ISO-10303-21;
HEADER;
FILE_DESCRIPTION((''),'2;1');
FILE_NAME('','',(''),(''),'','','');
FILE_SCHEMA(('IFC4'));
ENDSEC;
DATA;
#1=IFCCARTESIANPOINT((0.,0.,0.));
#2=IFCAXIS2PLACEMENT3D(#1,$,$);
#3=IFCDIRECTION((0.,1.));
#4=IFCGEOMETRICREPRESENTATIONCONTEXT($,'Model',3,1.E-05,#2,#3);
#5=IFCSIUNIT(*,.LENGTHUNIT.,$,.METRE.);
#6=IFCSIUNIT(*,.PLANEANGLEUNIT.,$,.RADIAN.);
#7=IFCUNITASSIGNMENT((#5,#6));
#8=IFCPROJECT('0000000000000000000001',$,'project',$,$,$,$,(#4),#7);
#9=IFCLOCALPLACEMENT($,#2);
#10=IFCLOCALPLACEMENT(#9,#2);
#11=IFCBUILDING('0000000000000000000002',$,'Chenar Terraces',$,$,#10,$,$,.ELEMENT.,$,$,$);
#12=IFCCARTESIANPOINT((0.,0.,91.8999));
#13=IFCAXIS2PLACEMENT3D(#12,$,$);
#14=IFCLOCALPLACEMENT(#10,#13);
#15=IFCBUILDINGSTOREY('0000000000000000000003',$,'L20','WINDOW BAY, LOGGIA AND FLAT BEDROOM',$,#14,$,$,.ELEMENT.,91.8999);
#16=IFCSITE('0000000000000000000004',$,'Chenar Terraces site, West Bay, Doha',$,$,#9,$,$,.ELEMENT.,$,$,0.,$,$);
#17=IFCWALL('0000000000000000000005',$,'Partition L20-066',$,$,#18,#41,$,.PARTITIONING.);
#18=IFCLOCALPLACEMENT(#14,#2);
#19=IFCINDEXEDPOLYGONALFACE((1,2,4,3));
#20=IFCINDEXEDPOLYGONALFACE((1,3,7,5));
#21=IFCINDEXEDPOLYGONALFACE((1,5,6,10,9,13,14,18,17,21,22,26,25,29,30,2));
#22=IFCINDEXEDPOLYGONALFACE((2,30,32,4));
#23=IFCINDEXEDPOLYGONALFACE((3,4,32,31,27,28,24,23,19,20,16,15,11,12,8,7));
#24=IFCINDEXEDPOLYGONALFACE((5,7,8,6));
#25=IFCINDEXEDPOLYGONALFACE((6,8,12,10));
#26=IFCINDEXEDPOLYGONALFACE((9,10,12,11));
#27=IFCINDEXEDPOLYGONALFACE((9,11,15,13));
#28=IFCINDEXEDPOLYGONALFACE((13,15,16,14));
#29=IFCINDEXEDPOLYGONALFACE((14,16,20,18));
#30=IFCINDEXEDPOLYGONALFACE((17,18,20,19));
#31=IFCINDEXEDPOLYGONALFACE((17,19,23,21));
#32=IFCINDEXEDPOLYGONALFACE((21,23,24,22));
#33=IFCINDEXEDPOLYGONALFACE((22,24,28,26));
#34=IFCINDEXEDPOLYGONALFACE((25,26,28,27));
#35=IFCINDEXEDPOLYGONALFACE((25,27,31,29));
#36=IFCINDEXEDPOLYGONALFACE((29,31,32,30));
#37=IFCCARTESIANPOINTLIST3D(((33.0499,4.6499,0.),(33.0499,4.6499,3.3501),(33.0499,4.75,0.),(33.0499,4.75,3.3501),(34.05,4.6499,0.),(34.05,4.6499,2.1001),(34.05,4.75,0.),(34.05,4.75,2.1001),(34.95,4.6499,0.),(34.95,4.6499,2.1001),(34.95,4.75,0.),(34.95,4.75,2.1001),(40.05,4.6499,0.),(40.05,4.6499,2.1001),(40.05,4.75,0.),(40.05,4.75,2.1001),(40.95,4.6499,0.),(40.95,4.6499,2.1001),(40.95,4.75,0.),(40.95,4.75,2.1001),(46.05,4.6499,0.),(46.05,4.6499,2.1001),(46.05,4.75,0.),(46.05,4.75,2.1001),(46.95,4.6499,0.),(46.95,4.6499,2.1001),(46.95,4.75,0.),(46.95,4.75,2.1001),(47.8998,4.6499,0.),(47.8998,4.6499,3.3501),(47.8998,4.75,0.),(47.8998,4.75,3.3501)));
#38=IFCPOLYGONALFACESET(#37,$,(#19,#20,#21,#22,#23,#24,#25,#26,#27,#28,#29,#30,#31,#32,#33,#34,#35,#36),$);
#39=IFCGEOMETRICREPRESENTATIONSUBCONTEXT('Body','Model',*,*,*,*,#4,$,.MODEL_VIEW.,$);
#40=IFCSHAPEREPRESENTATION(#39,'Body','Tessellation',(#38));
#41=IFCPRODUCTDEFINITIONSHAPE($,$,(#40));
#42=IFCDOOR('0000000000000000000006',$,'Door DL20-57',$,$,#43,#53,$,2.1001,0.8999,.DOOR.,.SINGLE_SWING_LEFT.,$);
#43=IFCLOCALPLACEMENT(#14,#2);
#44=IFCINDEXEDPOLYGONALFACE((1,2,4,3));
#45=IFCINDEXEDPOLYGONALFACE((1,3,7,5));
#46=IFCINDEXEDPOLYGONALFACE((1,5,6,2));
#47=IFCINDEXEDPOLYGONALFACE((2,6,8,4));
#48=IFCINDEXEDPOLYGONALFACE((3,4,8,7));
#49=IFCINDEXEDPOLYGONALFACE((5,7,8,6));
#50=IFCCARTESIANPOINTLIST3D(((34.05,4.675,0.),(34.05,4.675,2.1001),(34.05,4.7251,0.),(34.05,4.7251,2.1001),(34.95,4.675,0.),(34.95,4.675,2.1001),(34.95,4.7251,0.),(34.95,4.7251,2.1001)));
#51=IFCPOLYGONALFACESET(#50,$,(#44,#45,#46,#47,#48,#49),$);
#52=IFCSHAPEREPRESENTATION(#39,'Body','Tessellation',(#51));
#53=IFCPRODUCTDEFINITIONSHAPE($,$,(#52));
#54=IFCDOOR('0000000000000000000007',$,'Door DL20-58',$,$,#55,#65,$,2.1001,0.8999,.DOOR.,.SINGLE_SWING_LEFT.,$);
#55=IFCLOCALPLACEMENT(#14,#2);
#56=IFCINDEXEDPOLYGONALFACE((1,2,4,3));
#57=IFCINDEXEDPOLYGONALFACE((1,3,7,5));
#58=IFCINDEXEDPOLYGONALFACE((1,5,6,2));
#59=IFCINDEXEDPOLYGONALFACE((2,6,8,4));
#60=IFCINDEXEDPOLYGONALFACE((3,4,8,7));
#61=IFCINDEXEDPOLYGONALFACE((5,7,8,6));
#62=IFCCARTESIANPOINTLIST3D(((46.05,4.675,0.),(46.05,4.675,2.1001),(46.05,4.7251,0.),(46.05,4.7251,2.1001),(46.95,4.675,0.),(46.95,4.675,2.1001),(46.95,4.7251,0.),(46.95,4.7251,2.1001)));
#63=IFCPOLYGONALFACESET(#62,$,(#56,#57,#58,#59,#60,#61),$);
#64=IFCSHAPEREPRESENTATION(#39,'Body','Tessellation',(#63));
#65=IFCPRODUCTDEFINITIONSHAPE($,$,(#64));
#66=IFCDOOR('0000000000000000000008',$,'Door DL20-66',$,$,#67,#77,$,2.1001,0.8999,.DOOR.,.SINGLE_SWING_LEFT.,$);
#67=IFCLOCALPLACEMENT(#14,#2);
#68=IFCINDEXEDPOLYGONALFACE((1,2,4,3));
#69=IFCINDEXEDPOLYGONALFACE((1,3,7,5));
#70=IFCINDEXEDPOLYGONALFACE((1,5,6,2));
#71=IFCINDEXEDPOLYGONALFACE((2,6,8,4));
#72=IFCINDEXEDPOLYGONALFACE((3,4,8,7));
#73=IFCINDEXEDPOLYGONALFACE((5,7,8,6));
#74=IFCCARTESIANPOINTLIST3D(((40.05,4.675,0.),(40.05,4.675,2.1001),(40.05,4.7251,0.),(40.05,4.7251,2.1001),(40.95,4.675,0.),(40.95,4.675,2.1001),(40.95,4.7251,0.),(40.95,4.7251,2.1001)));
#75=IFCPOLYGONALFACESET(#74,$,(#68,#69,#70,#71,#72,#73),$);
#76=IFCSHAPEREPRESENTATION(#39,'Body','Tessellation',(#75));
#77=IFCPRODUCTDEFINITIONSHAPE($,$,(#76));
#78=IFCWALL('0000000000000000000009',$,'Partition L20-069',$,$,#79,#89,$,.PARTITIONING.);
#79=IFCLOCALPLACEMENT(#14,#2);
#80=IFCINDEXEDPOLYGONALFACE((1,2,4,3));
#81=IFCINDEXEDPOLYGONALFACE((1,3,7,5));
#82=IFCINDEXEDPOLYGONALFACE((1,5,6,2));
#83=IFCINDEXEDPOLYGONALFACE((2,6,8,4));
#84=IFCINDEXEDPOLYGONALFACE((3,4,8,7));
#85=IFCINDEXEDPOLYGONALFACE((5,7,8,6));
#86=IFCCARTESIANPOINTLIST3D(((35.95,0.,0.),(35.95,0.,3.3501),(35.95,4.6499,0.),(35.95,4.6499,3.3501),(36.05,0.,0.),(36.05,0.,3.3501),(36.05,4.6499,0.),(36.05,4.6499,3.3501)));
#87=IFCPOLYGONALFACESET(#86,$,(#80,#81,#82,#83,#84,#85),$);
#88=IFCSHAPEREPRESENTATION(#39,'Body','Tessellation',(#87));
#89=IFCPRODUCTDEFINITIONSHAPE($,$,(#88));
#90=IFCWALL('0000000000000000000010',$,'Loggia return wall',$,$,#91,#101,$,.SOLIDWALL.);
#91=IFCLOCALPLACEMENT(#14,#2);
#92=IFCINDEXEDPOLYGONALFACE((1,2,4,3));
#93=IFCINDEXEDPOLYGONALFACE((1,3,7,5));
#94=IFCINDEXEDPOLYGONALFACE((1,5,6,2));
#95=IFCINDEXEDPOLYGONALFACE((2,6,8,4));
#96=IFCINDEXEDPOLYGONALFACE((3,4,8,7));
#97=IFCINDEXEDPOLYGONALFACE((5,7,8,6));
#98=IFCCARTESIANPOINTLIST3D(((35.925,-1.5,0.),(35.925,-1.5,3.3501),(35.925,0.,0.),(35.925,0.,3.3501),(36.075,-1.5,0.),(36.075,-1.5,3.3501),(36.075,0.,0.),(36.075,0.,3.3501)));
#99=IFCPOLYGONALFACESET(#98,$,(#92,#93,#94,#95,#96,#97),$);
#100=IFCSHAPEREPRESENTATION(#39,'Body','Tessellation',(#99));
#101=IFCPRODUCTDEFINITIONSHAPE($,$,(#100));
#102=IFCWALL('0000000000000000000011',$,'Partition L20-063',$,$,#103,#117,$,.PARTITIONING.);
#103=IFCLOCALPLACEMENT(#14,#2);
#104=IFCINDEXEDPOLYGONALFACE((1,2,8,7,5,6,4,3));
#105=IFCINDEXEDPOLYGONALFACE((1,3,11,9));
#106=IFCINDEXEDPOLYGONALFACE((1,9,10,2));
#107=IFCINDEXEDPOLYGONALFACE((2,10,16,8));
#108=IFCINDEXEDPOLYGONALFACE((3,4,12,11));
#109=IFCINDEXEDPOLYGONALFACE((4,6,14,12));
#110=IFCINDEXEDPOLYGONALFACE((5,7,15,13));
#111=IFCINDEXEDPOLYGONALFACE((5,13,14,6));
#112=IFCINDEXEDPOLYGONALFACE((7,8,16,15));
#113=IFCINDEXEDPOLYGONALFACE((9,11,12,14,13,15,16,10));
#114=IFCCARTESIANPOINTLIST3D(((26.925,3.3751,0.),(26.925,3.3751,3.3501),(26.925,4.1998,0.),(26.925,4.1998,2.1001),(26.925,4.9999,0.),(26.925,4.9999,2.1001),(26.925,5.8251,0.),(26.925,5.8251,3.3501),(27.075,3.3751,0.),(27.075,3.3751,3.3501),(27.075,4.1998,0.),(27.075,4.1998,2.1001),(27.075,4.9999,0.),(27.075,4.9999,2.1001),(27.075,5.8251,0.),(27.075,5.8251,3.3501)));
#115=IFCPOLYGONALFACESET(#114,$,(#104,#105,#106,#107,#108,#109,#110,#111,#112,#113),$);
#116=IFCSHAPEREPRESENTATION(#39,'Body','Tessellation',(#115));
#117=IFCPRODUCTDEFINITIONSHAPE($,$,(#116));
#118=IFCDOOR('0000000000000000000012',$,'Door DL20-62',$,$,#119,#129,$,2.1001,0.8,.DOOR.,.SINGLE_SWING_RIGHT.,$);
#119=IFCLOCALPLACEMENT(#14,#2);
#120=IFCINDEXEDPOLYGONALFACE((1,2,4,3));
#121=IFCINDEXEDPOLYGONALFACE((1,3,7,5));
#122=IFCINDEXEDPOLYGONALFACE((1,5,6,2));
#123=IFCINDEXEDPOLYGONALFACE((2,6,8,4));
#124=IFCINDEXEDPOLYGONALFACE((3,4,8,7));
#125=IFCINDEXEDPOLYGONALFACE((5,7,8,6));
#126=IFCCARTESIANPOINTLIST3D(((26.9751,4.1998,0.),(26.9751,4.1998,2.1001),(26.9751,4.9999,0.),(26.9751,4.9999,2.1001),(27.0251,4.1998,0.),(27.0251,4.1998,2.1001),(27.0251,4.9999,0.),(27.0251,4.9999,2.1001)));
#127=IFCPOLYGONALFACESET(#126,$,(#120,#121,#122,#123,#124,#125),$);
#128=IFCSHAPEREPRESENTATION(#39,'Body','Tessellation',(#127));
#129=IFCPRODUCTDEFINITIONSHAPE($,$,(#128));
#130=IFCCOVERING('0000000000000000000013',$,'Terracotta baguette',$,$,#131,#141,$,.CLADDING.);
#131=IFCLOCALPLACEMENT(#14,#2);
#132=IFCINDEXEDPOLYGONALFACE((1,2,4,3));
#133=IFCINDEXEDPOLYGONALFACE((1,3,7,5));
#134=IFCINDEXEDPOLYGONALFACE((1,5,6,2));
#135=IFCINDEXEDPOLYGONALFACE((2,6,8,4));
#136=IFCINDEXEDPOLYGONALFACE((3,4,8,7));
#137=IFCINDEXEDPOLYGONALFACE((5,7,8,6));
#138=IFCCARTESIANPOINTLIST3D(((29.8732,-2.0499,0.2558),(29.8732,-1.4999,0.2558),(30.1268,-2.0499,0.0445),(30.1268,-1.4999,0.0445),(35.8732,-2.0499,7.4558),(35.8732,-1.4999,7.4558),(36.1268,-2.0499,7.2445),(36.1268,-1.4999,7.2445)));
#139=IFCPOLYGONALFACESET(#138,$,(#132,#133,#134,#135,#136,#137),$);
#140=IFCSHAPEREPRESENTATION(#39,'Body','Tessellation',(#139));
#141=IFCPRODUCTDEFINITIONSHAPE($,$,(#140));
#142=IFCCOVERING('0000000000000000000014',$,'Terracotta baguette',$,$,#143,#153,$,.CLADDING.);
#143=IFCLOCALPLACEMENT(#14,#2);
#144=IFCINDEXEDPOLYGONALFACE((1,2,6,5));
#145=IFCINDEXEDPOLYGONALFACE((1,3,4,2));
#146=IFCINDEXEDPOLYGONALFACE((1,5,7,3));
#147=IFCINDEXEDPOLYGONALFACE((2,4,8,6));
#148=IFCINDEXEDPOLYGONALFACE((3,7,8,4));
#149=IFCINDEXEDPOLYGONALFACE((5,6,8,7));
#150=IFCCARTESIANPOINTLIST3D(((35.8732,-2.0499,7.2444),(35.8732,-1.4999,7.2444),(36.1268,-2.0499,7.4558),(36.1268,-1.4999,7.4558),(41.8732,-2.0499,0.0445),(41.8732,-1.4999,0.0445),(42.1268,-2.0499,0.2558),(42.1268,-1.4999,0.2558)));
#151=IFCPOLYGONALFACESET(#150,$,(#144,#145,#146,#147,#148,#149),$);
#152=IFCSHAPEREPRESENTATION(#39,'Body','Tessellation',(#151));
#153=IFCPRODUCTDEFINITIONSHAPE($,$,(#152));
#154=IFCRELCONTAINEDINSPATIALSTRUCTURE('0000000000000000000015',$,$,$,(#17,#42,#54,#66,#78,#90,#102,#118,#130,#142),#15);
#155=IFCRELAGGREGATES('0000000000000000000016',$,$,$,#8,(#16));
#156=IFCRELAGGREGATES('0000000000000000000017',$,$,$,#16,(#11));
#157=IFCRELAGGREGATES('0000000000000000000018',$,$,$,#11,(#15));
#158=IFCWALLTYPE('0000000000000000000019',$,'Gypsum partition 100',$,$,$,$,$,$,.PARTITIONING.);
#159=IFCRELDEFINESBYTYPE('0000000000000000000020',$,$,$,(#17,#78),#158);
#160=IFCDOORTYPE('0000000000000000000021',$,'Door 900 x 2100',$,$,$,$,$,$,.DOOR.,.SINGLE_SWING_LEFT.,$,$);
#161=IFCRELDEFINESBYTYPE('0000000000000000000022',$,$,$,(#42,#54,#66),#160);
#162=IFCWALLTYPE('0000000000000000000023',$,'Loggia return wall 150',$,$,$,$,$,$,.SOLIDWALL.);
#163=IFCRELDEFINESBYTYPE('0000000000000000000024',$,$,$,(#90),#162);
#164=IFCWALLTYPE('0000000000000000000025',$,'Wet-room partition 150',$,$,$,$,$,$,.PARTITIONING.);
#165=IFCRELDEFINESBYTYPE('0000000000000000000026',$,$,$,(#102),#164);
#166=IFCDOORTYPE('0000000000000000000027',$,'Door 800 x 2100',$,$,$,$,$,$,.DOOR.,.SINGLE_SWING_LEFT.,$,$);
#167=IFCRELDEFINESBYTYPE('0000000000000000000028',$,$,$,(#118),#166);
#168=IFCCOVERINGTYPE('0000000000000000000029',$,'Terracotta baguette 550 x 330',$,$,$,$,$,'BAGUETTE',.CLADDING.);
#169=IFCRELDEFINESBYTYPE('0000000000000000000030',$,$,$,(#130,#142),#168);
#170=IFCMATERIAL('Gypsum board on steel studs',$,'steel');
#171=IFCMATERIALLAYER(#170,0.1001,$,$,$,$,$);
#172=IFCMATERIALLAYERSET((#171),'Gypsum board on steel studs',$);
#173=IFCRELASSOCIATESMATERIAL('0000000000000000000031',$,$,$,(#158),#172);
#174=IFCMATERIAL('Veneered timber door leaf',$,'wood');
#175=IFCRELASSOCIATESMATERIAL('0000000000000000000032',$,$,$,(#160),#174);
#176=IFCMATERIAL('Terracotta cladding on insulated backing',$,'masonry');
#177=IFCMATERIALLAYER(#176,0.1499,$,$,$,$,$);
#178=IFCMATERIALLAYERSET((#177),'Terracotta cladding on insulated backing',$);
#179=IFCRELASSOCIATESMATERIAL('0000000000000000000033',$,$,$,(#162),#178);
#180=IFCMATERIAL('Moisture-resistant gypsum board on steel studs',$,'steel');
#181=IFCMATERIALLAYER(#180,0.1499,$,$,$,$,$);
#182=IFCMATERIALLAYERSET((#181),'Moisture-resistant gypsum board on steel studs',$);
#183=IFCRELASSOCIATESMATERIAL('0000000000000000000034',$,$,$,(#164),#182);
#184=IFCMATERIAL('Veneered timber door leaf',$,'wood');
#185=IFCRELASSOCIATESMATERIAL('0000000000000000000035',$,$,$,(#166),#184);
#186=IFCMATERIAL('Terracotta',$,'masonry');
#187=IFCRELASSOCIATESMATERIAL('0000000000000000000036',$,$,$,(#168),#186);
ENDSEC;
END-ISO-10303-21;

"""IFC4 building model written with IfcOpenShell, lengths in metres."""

from ifc_helpers import new_model, si_unit, direction, frame, frame_2d, origin, origin_2d, place, context, subcontext, project, spatial, rectangle, extrude, material, layer, layer_set, material_profile, profile_set, type_object, element, fill, save


model = new_model("IFC4")

# Units and contexts
model_context = context("Model", 3, precision=1e-05, world=origin(), true_north=direction((0.0, 1.0)))
body_context = subcontext(model_context, "Body", "Model", "MODEL_VIEW")
ifc_project = project(units=[si_unit("LENGTHUNIT", "METRE"), si_unit("PLANEANGLEUNIT", "RADIAN")], contexts=[model_context])

# Site, building, storey
site_placement = place(None, origin())
site = spatial("IfcSite", under=ifc_project, at=site_placement, Name="Chenar Terraces site, West Bay, Doha", CompositionType="ELEMENT", RefElevation=0.0)
building_placement = place(site_placement, origin())
building = spatial("IfcBuilding", under=site, at=building_placement, Name="Chenar Terraces", CompositionType="ELEMENT")
storey_placement = place(building_placement, frame((0.0, 0.0, 91.8999)))
storey = spatial("IfcBuildingStorey", under=building, at=storey_placement, Name="L20", Description="WINDOW BAY, LOGGIA AND FLAT BEDROOM", CompositionType="ELEMENT", Elevation=91.8999)

# Shared definitions
ifc_material_1 = material(Name="Gypsum board on steel studs", Category="steel")
ifc_layer_1 = layer(ifc_material_1, 0.1001)
ifc_layer_set_1 = layer_set([ifc_layer_1], Name="Gypsum board on steel studs")
wall_type_1 = type_object("IfcWallType", Name="Gypsum partition 100", PredefinedType="PARTITIONING", material=ifc_layer_set_1)

# Shared definitions
ifc_material_2 = material(Name="Veneered timber door leaf", Category="wood")
door_type_1 = type_object("IfcDoorType", Name="Door 900 x 2100", OperationType="SINGLE_SWING_LEFT", PredefinedType="DOOR", material=ifc_material_2)

# Wall, openings, doors
wall_1_placement = place(storey_placement, frame((33.05, 4.7, 0.0), z_axis=(0.0, 0.0, 1.0), x_axis=(1.0, 0.0, 0.0)))
wall_1 = element("IfcWall", 1, at=wall_1_placement, inside=storey, type_object=wall_type_1, Name="Partition L20-066", PredefinedType="PARTITIONING", context=body_context, shape_type="SweptSolid", body=[
    extrude(rectangle(XDim=14.8499, YDim=0.1001, at=frame_2d((7.4248, 0.0))), origin(), (0.0, 0.0, 1.0), 3.3501),
])
opening_1_placement = place(wall_1_placement, frame((1.0, 0.0, 0.0)))
opening_1 = element("IfcOpeningElement", 2, at=opening_1_placement, cuts=wall_1, PredefinedType="OPENING", context=body_context, shape_type="SweptSolid", body=[
    extrude(rectangle(XDim=0.8999, YDim=2.1001, at=frame_2d((0.45, 1.05))), frame((0.0, 0.0601, 0.0), z_axis=(0.0, -1.0, 0.0), x_axis=(1.0, 0.0, 0.0)), (0.0, 0.0, 1.0), 0.1201),
])
opening_2_placement = place(wall_1_placement, frame((13.0, 0.0, 0.0)))
opening_2 = element("IfcOpeningElement", 3, at=opening_2_placement, cuts=wall_1, PredefinedType="OPENING", context=body_context, shape_type="SweptSolid", body=[
    extrude(rectangle(XDim=0.8999, YDim=2.1001, at=frame_2d((0.45, 1.05))), frame((0.0, 0.0601, 0.0), z_axis=(0.0, -1.0, 0.0), x_axis=(1.0, 0.0, 0.0)), (0.0, 0.0, 1.0), 0.1201),
])
opening_3_placement = place(wall_1_placement, frame((7.0, 0.0, 0.0)))
opening_3 = element("IfcOpeningElement", 4, at=opening_3_placement, cuts=wall_1, PredefinedType="OPENING", context=body_context, shape_type="SweptSolid", body=[
    extrude(rectangle(XDim=0.8999, YDim=2.1001, at=frame_2d((0.45, 1.05))), frame((0.0, 0.0601, 0.0), z_axis=(0.0, -1.0, 0.0), x_axis=(1.0, 0.0, 0.0)), (0.0, 0.0, 1.0), 0.1201),
])
door_1_placement = place(opening_1_placement, frame((0.8999, 0.0, 0.0), z_axis=(0.0, 0.0, 1.0), x_axis=(-1.0, 0.0, 0.0)))
door_1 = element("IfcDoor", 5, at=door_1_placement, inside=storey, type_object=door_type_1, Name="Door DL20-57", OperationType="SINGLE_SWING_LEFT", OverallHeight=2.1001, OverallWidth=0.8999, PredefinedType="DOOR", context=body_context, shape_type="SweptSolid", body=[
    extrude(rectangle(XDim=0.8999, YDim=2.1001, at=frame_2d((0.45, 1.05))), frame((0.0, 0.0249, 0.0), z_axis=(0.0, -1.0, 0.0), x_axis=(1.0, 0.0, 0.0)), (0.0, 0.0, 1.0), 0.05),
])
fill(opening_1, door_1)
door_2_placement = place(opening_2_placement, frame((0.8999, 0.0, 0.0), z_axis=(0.0, 0.0, 1.0), x_axis=(-1.0, 0.0, 0.0)))
door_2 = element("IfcDoor", 6, at=door_2_placement, inside=storey, type_object=door_type_1, Name="Door DL20-58", OperationType="SINGLE_SWING_LEFT", OverallHeight=2.1001, OverallWidth=0.8999, PredefinedType="DOOR", context=body_context, shape_type="SweptSolid", body=[
    extrude(rectangle(XDim=0.8999, YDim=2.1001, at=frame_2d((0.45, 1.05))), frame((0.0, 0.0249, 0.0), z_axis=(0.0, -1.0, 0.0), x_axis=(1.0, 0.0, 0.0)), (0.0, 0.0, 1.0), 0.05),
])
fill(opening_2, door_2)
door_3_placement = place(opening_3_placement, frame((0.8999, 0.0, 0.0), z_axis=(0.0, 0.0, 1.0), x_axis=(-1.0, 0.0, 0.0)))
door_3 = element("IfcDoor", 7, at=door_3_placement, inside=storey, type_object=door_type_1, Name="Door DL20-66", OperationType="SINGLE_SWING_LEFT", OverallHeight=2.1001, OverallWidth=0.8999, PredefinedType="DOOR", context=body_context, shape_type="SweptSolid", body=[
    extrude(rectangle(XDim=0.8999, YDim=2.1001, at=frame_2d((0.45, 1.05))), frame((0.0, 0.0249, 0.0), z_axis=(0.0, -1.0, 0.0), x_axis=(1.0, 0.0, 0.0)), (0.0, 0.0, 1.0), 0.05),
])
fill(opening_3, door_3)

# Walls
wall_2_placement = place(storey_placement, frame((36.0, 0.0, 0.0), z_axis=(0.0, 0.0, 1.0), x_axis=(0.0, 1.0, 0.0)))
element("IfcWall", 8, at=wall_2_placement, inside=storey, type_object=wall_type_1, Name="Partition L20-069", PredefinedType="PARTITIONING", context=body_context, shape_type="SweptSolid", body=[
    extrude(rectangle(XDim=4.6499, YDim=0.1001, at=frame_2d((2.325, 0.0))), origin(), (0.0, 0.0, 1.0), 3.3501),
])
ifc_material_3 = material(Name="Terracotta cladding on insulated backing", Category="masonry")
ifc_layer_2 = layer(ifc_material_3, 0.1499)
ifc_layer_set_2 = layer_set([ifc_layer_2], Name="Terracotta cladding on insulated backing")
wall_type_2 = type_object("IfcWallType", Name="Loggia return wall 150", PredefinedType="SOLIDWALL", material=ifc_layer_set_2)
wall_3_placement = place(storey_placement, frame((36.0, -1.5, 0.0), z_axis=(0.0, 0.0, 1.0), x_axis=(0.0, 1.0, 0.0)))
element("IfcWall", 9, at=wall_3_placement, inside=storey, type_object=wall_type_2, Name="Loggia return wall", PredefinedType="SOLIDWALL", context=body_context, shape_type="SweptSolid", body=[
    extrude(rectangle(XDim=1.5, YDim=0.1499, at=frame_2d((0.75, 0.0))), origin(), (0.0, 0.0, 1.0), 3.3501),
])

# Wall, opening, door
ifc_material_4 = material(Name="Moisture-resistant gypsum board on steel studs", Category="steel")
ifc_layer_3 = layer(ifc_material_4, 0.1499)
ifc_layer_set_3 = layer_set([ifc_layer_3], Name="Moisture-resistant gypsum board on steel studs")
wall_type_3 = type_object("IfcWallType", Name="Wet-room partition 150", PredefinedType="PARTITIONING", material=ifc_layer_set_3)
wall_4_placement = place(storey_placement, frame((27.0, 3.375, 0.0), z_axis=(0.0, 0.0, 1.0), x_axis=(0.0, 1.0, 0.0)))
wall_4 = element("IfcWall", 10, at=wall_4_placement, inside=storey, type_object=wall_type_3, Name="Partition L20-063", PredefinedType="PARTITIONING", context=body_context, shape_type="SweptSolid", body=[
    extrude(rectangle(XDim=2.45, YDim=0.1499, at=frame_2d((1.2251, 0.0))), origin(), (0.0, 0.0, 1.0), 3.3501),
])
opening_4_placement = place(wall_4_placement, frame((0.825, 0.0, 0.0)))
opening_4 = element("IfcOpeningElement", 11, at=opening_4_placement, cuts=wall_4, PredefinedType="OPENING", context=body_context, shape_type="SweptSolid", body=[
    extrude(rectangle(XDim=0.8, YDim=2.1001, at=frame_2d((0.3999, 1.05))), frame((0.0, 0.085, 0.0), z_axis=(0.0, -1.0, 0.0), x_axis=(1.0, 0.0, 0.0)), (0.0, 0.0, 1.0), 0.1699),
])
ifc_material_5 = material(Name="Veneered timber door leaf", Category="wood")
door_type_2 = type_object("IfcDoorType", Name="Door 800 x 2100", OperationType="SINGLE_SWING_LEFT", PredefinedType="DOOR", material=ifc_material_5)
door_4_placement = place(opening_4_placement, origin())
door_4 = element("IfcDoor", 12, at=door_4_placement, inside=storey, type_object=door_type_2, Name="Door DL20-62", OperationType="SINGLE_SWING_RIGHT", OverallHeight=2.1001, OverallWidth=0.8, PredefinedType="DOOR", context=body_context, shape_type="SweptSolid", body=[
    extrude(rectangle(XDim=0.8, YDim=2.1001, at=frame_2d((0.3999, 1.05))), frame((0.0, 0.0249, 0.0), z_axis=(0.0, -1.0, 0.0), x_axis=(1.0, 0.0, 0.0)), (0.0, 0.0, 1.0), 0.05),
])
fill(opening_4, door_4)

# Coverings
ifc_material_6 = material(Name="Terracotta", Category="masonry")
ifc_material_profile_1 = material_profile(ifc_material_6, rectangle(XDim=0.55, YDim=0.3301, at=origin_2d()), Name="Terracotta baguette 550 x 330")
ifc_profile_set_1 = profile_set([ifc_material_profile_1], Name="Terracotta")
covering_type = type_object("IfcCoveringType", Name="Terracotta baguette 550 x 330", ElementType="BAGUETTE", PredefinedType="CLADDING", material=ifc_profile_set_1)
for number, where, z_axis, x_axis, name in (
    (13, (30.0, -1.7749, 0.1501), (0.640187, 0.0, 0.768219), (0.0, 1.0, 0.0), "Terracotta baguette"),
    (14, (36.0, -1.7749, 7.3501), (0.640187, 0.0, -0.768219), (0.0, 1.0, 0.0), "Terracotta baguette"),
):
    element("IfcCovering", number, at=place(storey_placement, frame(where, z_axis=z_axis, x_axis=x_axis)), inside=storey, type_object=covering_type, Name=name, PredefinedType="CLADDING", context=body_context, shape_type="SweptSolid", body=[
        extrude(rectangle(XDim=0.55, YDim=0.3301, at=origin_2d()), origin(), (0.0, 0.0, 1.0), 9.3723),
    ])

save(model, "model.ifc")
